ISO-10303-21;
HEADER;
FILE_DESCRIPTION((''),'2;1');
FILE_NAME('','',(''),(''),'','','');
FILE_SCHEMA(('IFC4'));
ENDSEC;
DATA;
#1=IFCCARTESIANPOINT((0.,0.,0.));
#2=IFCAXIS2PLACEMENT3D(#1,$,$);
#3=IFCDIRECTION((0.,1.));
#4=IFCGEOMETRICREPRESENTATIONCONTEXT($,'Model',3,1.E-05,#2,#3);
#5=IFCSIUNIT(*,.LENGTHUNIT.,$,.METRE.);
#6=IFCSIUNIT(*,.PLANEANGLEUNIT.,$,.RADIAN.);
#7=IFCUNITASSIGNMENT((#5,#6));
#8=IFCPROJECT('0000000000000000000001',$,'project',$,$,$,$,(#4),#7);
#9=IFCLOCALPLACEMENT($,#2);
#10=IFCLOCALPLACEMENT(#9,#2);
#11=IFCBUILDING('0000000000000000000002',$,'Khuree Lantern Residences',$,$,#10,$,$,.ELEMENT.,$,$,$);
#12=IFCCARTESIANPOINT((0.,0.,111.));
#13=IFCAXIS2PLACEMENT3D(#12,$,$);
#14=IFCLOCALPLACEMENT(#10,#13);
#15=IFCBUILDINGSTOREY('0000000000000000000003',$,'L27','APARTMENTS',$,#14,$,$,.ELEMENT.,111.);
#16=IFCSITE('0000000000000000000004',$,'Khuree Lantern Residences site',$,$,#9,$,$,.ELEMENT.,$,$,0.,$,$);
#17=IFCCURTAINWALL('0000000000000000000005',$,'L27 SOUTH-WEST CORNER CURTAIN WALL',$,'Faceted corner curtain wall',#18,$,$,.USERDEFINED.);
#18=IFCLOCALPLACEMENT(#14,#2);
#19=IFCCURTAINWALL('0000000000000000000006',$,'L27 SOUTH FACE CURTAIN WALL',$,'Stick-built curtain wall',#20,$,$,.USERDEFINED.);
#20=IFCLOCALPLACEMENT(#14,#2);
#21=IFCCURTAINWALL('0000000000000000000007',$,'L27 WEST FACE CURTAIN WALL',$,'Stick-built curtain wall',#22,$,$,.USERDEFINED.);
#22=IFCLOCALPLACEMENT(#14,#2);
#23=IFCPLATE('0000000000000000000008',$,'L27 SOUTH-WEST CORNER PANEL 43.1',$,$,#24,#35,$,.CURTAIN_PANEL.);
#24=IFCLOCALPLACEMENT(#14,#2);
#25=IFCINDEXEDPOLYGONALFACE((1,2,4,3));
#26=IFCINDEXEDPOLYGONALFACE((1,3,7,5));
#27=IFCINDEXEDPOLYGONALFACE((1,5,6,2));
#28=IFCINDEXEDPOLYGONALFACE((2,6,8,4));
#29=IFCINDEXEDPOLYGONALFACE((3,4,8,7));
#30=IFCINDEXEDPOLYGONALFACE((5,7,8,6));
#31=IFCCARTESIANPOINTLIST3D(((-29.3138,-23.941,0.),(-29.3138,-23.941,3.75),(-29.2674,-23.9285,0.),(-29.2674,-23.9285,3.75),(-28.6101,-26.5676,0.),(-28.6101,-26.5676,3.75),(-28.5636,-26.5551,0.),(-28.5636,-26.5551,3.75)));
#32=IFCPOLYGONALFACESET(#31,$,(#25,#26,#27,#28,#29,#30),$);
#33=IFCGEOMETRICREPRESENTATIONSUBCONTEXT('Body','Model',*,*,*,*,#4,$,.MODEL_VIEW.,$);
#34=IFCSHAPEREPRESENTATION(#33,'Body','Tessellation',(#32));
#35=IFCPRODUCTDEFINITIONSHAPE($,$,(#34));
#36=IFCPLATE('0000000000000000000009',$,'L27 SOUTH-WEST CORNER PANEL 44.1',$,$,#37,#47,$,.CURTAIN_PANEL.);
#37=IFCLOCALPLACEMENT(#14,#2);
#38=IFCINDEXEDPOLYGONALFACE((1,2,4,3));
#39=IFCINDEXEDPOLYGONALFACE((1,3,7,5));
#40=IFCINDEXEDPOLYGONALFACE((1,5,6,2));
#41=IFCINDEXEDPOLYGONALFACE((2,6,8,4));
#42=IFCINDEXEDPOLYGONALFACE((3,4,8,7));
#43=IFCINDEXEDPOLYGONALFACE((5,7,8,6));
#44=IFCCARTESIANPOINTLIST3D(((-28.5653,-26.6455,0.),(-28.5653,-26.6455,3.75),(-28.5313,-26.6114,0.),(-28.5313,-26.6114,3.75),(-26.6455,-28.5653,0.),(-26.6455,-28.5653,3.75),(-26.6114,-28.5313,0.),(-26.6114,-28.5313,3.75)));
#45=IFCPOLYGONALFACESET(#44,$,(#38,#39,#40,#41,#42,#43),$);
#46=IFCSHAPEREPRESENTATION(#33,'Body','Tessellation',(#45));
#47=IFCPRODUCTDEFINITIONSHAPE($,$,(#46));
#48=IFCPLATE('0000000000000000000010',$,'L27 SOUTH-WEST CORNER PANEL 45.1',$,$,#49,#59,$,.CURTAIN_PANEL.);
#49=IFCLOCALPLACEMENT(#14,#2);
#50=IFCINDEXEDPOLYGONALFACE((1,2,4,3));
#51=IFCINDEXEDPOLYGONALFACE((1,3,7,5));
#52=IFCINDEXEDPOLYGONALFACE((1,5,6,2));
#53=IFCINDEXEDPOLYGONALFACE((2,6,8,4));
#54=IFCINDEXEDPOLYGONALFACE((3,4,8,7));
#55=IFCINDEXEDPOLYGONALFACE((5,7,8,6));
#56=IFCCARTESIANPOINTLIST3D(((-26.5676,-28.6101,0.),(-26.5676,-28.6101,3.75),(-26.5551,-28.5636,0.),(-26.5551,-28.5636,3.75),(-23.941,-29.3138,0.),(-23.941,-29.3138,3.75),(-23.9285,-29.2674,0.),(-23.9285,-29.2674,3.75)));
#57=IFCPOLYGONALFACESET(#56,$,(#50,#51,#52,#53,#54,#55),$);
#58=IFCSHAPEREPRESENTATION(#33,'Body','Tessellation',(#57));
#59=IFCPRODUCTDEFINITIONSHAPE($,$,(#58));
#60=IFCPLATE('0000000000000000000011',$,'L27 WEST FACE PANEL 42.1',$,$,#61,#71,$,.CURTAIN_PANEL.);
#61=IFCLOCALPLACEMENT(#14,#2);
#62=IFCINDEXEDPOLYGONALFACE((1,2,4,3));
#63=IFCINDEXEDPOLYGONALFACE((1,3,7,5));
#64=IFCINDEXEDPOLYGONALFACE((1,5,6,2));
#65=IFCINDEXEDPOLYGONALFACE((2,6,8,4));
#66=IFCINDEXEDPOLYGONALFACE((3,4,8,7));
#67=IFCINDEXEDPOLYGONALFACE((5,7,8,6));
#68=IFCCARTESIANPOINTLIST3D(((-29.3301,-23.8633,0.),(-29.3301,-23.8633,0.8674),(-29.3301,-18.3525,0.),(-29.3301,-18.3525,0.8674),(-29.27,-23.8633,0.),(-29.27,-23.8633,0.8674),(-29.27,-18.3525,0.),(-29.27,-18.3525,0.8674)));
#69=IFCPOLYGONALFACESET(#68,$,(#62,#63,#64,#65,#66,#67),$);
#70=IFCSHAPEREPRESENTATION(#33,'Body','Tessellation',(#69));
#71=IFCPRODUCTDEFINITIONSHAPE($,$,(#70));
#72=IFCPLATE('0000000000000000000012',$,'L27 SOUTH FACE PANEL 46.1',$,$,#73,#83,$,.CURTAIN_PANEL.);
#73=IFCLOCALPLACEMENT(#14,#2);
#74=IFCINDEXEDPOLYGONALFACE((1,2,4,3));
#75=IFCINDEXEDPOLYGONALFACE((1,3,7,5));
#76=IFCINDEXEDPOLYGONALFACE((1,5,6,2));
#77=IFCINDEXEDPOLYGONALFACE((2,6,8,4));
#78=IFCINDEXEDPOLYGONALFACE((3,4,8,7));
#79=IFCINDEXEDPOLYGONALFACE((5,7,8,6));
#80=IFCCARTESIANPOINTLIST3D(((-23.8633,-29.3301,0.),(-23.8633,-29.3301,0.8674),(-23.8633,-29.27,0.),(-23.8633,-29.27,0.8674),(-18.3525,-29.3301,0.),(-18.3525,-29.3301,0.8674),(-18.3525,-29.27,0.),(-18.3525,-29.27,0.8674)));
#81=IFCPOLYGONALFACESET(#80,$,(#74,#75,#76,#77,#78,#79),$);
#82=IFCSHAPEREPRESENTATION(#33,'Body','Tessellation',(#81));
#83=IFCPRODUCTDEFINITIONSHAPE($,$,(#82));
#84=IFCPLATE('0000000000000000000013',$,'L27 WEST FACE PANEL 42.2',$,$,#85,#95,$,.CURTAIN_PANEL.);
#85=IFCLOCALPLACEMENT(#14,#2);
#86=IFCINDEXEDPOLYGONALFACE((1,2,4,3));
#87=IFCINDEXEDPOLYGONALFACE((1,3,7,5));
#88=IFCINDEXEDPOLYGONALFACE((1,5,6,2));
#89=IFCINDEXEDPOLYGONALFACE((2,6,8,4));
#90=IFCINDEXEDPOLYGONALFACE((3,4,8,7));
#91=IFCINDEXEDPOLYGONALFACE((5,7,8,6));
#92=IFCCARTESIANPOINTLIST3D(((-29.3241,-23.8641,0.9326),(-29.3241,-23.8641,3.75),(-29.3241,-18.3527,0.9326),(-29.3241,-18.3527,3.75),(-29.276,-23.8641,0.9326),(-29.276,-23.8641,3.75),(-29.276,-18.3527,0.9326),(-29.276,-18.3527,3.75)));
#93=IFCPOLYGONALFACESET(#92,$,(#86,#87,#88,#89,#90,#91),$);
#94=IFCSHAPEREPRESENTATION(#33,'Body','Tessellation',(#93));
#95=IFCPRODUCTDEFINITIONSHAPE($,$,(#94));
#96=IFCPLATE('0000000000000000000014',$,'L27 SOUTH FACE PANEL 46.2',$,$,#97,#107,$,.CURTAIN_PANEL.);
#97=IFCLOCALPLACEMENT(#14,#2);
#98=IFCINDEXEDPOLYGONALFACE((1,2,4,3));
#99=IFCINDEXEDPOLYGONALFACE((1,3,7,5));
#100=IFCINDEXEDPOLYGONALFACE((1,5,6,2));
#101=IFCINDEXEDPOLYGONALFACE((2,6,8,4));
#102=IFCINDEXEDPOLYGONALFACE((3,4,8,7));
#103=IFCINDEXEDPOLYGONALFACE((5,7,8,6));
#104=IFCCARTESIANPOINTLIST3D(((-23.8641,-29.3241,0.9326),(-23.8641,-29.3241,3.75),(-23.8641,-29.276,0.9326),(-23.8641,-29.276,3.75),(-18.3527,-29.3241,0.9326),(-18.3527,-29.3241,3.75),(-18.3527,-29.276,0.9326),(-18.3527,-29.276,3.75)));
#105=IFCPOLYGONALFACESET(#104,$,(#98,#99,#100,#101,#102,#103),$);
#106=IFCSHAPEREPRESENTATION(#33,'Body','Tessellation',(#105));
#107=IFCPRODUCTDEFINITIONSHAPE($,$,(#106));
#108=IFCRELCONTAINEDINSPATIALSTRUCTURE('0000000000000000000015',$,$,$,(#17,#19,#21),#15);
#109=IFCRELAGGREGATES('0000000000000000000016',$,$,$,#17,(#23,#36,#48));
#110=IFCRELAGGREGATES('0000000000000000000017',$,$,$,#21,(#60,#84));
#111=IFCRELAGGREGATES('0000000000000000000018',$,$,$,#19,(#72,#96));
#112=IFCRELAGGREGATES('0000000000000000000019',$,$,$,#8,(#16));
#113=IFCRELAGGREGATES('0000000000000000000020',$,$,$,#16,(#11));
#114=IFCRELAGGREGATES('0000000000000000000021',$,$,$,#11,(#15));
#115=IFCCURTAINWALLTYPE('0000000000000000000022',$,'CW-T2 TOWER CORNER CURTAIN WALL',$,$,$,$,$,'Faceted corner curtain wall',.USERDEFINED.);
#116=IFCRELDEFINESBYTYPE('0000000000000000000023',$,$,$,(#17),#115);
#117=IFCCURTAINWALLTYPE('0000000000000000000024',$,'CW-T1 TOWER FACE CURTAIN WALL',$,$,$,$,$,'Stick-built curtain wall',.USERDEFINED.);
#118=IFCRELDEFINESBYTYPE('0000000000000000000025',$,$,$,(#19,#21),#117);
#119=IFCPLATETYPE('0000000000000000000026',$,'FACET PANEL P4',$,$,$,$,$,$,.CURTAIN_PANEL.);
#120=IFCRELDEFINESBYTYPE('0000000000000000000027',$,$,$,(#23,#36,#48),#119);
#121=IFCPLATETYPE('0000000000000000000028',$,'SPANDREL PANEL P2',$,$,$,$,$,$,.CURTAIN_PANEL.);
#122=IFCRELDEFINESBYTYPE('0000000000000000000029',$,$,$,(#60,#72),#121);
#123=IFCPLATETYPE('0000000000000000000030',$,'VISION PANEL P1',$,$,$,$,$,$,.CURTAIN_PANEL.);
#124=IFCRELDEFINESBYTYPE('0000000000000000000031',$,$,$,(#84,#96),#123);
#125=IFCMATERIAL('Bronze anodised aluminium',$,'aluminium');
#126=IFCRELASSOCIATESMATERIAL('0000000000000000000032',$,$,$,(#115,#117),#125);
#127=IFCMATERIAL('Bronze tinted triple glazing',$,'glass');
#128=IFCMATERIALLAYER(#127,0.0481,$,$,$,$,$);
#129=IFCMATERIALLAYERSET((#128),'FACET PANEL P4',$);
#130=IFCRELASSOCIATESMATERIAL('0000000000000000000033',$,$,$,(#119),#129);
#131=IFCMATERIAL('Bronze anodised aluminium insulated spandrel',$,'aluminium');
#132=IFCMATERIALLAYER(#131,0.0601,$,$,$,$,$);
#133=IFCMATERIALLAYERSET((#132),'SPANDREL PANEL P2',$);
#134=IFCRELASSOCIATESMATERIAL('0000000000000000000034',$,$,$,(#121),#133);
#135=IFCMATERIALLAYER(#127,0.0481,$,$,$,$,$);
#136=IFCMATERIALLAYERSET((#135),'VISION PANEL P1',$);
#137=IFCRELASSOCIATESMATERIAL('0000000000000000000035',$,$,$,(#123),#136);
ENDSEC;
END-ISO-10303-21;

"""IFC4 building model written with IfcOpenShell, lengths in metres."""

from ifc_helpers import new_model, si_unit, direction, frame, origin, origin_2d, place, context, subcontext, project, spatial, rectangle, extrude, material, layer, layer_set, type_object, element, aggregate, save


model = new_model("IFC4")

# Units and contexts
model_context = context("Model", 3, precision=1e-05, world=origin(), true_north=direction((0.0, 1.0)))
body_context = subcontext(model_context, "Body", "Model", "MODEL_VIEW")
ifc_project = project(units=[si_unit("LENGTHUNIT", "METRE"), si_unit("PLANEANGLEUNIT", "RADIAN")], contexts=[model_context])

# Site, building, storey
site_placement = place(None, origin())
site = spatial("IfcSite", under=ifc_project, at=site_placement, Name="Khuree Lantern Residences site", CompositionType="ELEMENT", RefElevation=0.0)
building_placement = place(site_placement, origin())
building = spatial("IfcBuilding", under=site, at=building_placement, Name="Khuree Lantern Residences", CompositionType="ELEMENT")
storey_placement = place(building_placement, frame((0.0, 0.0, 111.0)))
storey = spatial("IfcBuildingStorey", under=building, at=storey_placement, Name="L27", Description="APARTMENTS", CompositionType="ELEMENT", Elevation=111.0)

# Curtain walls
ifc_material_1 = material(Name="Bronze anodised aluminium", Category="aluminium")
curtain_wall_type_1 = type_object("IfcCurtainWallType", Name="CW-T2 TOWER CORNER CURTAIN WALL", ElementType="Faceted corner curtain wall", PredefinedType="USERDEFINED", material=ifc_material_1)
curtain_wall_1_placement = place(storey_placement, origin())
curtain_wall_1 = element("IfcCurtainWall", 1, at=curtain_wall_1_placement, inside=storey, type_object=curtain_wall_type_1, Name="L27 SOUTH-WEST CORNER CURTAIN WALL", ObjectType="Faceted corner curtain wall", PredefinedType="USERDEFINED")
curtain_wall_type_2 = type_object("IfcCurtainWallType", Name="CW-T1 TOWER FACE CURTAIN WALL", ElementType="Stick-built curtain wall", PredefinedType="USERDEFINED", material=ifc_material_1)
curtain_wall_2_placement = place(storey_placement, origin())
curtain_wall_2 = element("IfcCurtainWall", 2, at=curtain_wall_2_placement, inside=storey, type_object=curtain_wall_type_2, Name="L27 SOUTH FACE CURTAIN WALL", ObjectType="Stick-built curtain wall", PredefinedType="USERDEFINED")

# Curtain wall
curtain_wall_3_placement = place(storey_placement, origin())
curtain_wall_3 = element("IfcCurtainWall", 3, at=curtain_wall_3_placement, inside=storey, type_object=curtain_wall_type_2, Name="L27 WEST FACE CURTAIN WALL", ObjectType="Stick-built curtain wall", PredefinedType="USERDEFINED")

# Plates
ifc_material_2 = material(Name="Bronze tinted triple glazing", Category="glass")
ifc_layer_1 = layer(ifc_material_2, 0.0481)
ifc_layer_set_1 = layer_set([ifc_layer_1], Name="FACET PANEL P4")
plate_type_1 = type_object("IfcPlateType", Name="FACET PANEL P4", PredefinedType="CURTAIN_PANEL", material=ifc_layer_set_1)
plate_1_placement = place(storey_placement, frame((-28.9387, -25.248, 0.0), z_axis=(0.0, 0.0, 1.0), x_axis=(0.258819, -0.965926, 0.0)))
plate_1 = element("IfcPlate", 4, at=plate_1_placement, type_object=plate_type_1, Name="L27 SOUTH-WEST CORNER PANEL 43.1", PredefinedType="CURTAIN_PANEL", context=body_context, shape_type="SweptSolid", body=[
    extrude(rectangle(XDim=2.7192, YDim=0.0481, at=origin_2d()), origin(), (0.0, 0.0, 1.0), 3.75),
])
plate_2_placement = place(storey_placement, frame((-27.5884, -27.5884, 0.0), z_axis=(0.0, 0.0, 1.0), x_axis=(0.707107, -0.707107, 0.0)))
plate_2 = element("IfcPlate", 5, at=plate_2_placement, type_object=plate_type_1, Name="L27 SOUTH-WEST CORNER PANEL 44.1", PredefinedType="CURTAIN_PANEL", context=body_context, shape_type="SweptSolid", body=[
    extrude(rectangle(XDim=2.7151, YDim=0.0481, at=origin_2d()), origin(), (0.0, 0.0, 1.0), 3.75),
])
plate_3_placement = place(storey_placement, frame((-25.248, -28.9387, 0.0), z_axis=(0.0, 0.0, 1.0), x_axis=(0.965926, -0.258819, 0.0)))
plate_3 = element("IfcPlate", 6, at=plate_3_placement, type_object=plate_type_1, Name="L27 SOUTH-WEST CORNER PANEL 45.1", PredefinedType="CURTAIN_PANEL", context=body_context, shape_type="SweptSolid", body=[
    extrude(rectangle(XDim=2.7192, YDim=0.0481, at=origin_2d()), origin(), (0.0, 0.0, 1.0), 3.75),
])
aggregate(curtain_wall_1, [plate_1, plate_2, plate_3])
ifc_material_3 = material(Name="Bronze anodised aluminium insulated spandrel", Category="aluminium")
ifc_layer_2 = layer(ifc_material_3, 0.0601)
ifc_layer_set_2 = layer_set([ifc_layer_2], Name="SPANDREL PANEL P2")
plate_type_2 = type_object("IfcPlateType", Name="SPANDREL PANEL P2", PredefinedType="CURTAIN_PANEL", material=ifc_layer_set_2)
plate_4_placement = place(storey_placement, frame((-29.3, -21.1079, 0.0), z_axis=(0.0, 0.0, 1.0), x_axis=(0.0, -1.0, 0.0)))
plate_4 = element("IfcPlate", 7, at=plate_4_placement, type_object=plate_type_2, Name="L27 WEST FACE PANEL 42.1", PredefinedType="CURTAIN_PANEL", context=body_context, shape_type="SweptSolid", body=[
    extrude(rectangle(XDim=5.5107, YDim=0.0601, at=origin_2d()), origin(), (0.0, 0.0, 1.0), 0.8674),
])
plate_5_placement = place(storey_placement, frame((-21.1079, -29.3, 0.0), z_axis=(0.0, 0.0, 1.0), x_axis=(1.0, 0.0, 0.0)))
plate_5 = element("IfcPlate", 8, at=plate_5_placement, type_object=plate_type_2, Name="L27 SOUTH FACE PANEL 46.1", PredefinedType="CURTAIN_PANEL", context=body_context, shape_type="SweptSolid", body=[
    extrude(rectangle(XDim=5.5107, YDim=0.0601, at=origin_2d()), origin(), (0.0, 0.0, 1.0), 0.8674),
])
ifc_layer_3 = layer(ifc_material_2, 0.0481)
ifc_layer_set_3 = layer_set([ifc_layer_3], Name="VISION PANEL P1")
plate_type_3 = type_object("IfcPlateType", Name="VISION PANEL P1", PredefinedType="CURTAIN_PANEL", material=ifc_layer_set_3)
plate_6_placement = place(storey_placement, frame((-29.3, -21.1084, 0.9326), z_axis=(0.0, 0.0, 1.0), x_axis=(0.0, -1.0, 0.0)))
plate_6 = element("IfcPlate", 9, at=plate_6_placement, type_object=plate_type_3, Name="L27 WEST FACE PANEL 42.2", PredefinedType="CURTAIN_PANEL", context=body_context, shape_type="SweptSolid", body=[
    extrude(rectangle(XDim=5.5115, YDim=0.0481, at=origin_2d()), origin(), (0.0, 0.0, 1.0), 2.8174),
])
aggregate(curtain_wall_3, [plate_4, plate_6])
plate_7_placement = place(storey_placement, frame((-21.1084, -29.3, 0.9326), z_axis=(0.0, 0.0, 1.0), x_axis=(1.0, 0.0, 0.0)))
plate_7 = element("IfcPlate", 10, at=plate_7_placement, type_object=plate_type_3, Name="L27 SOUTH FACE PANEL 46.2", PredefinedType="CURTAIN_PANEL", context=body_context, shape_type="SweptSolid", body=[
    extrude(rectangle(XDim=5.5115, YDim=0.0481, at=origin_2d()), origin(), (0.0, 0.0, 1.0), 2.8174),
])
aggregate(curtain_wall_2, [plate_5, plate_7])

save(model, "model.ifc")
